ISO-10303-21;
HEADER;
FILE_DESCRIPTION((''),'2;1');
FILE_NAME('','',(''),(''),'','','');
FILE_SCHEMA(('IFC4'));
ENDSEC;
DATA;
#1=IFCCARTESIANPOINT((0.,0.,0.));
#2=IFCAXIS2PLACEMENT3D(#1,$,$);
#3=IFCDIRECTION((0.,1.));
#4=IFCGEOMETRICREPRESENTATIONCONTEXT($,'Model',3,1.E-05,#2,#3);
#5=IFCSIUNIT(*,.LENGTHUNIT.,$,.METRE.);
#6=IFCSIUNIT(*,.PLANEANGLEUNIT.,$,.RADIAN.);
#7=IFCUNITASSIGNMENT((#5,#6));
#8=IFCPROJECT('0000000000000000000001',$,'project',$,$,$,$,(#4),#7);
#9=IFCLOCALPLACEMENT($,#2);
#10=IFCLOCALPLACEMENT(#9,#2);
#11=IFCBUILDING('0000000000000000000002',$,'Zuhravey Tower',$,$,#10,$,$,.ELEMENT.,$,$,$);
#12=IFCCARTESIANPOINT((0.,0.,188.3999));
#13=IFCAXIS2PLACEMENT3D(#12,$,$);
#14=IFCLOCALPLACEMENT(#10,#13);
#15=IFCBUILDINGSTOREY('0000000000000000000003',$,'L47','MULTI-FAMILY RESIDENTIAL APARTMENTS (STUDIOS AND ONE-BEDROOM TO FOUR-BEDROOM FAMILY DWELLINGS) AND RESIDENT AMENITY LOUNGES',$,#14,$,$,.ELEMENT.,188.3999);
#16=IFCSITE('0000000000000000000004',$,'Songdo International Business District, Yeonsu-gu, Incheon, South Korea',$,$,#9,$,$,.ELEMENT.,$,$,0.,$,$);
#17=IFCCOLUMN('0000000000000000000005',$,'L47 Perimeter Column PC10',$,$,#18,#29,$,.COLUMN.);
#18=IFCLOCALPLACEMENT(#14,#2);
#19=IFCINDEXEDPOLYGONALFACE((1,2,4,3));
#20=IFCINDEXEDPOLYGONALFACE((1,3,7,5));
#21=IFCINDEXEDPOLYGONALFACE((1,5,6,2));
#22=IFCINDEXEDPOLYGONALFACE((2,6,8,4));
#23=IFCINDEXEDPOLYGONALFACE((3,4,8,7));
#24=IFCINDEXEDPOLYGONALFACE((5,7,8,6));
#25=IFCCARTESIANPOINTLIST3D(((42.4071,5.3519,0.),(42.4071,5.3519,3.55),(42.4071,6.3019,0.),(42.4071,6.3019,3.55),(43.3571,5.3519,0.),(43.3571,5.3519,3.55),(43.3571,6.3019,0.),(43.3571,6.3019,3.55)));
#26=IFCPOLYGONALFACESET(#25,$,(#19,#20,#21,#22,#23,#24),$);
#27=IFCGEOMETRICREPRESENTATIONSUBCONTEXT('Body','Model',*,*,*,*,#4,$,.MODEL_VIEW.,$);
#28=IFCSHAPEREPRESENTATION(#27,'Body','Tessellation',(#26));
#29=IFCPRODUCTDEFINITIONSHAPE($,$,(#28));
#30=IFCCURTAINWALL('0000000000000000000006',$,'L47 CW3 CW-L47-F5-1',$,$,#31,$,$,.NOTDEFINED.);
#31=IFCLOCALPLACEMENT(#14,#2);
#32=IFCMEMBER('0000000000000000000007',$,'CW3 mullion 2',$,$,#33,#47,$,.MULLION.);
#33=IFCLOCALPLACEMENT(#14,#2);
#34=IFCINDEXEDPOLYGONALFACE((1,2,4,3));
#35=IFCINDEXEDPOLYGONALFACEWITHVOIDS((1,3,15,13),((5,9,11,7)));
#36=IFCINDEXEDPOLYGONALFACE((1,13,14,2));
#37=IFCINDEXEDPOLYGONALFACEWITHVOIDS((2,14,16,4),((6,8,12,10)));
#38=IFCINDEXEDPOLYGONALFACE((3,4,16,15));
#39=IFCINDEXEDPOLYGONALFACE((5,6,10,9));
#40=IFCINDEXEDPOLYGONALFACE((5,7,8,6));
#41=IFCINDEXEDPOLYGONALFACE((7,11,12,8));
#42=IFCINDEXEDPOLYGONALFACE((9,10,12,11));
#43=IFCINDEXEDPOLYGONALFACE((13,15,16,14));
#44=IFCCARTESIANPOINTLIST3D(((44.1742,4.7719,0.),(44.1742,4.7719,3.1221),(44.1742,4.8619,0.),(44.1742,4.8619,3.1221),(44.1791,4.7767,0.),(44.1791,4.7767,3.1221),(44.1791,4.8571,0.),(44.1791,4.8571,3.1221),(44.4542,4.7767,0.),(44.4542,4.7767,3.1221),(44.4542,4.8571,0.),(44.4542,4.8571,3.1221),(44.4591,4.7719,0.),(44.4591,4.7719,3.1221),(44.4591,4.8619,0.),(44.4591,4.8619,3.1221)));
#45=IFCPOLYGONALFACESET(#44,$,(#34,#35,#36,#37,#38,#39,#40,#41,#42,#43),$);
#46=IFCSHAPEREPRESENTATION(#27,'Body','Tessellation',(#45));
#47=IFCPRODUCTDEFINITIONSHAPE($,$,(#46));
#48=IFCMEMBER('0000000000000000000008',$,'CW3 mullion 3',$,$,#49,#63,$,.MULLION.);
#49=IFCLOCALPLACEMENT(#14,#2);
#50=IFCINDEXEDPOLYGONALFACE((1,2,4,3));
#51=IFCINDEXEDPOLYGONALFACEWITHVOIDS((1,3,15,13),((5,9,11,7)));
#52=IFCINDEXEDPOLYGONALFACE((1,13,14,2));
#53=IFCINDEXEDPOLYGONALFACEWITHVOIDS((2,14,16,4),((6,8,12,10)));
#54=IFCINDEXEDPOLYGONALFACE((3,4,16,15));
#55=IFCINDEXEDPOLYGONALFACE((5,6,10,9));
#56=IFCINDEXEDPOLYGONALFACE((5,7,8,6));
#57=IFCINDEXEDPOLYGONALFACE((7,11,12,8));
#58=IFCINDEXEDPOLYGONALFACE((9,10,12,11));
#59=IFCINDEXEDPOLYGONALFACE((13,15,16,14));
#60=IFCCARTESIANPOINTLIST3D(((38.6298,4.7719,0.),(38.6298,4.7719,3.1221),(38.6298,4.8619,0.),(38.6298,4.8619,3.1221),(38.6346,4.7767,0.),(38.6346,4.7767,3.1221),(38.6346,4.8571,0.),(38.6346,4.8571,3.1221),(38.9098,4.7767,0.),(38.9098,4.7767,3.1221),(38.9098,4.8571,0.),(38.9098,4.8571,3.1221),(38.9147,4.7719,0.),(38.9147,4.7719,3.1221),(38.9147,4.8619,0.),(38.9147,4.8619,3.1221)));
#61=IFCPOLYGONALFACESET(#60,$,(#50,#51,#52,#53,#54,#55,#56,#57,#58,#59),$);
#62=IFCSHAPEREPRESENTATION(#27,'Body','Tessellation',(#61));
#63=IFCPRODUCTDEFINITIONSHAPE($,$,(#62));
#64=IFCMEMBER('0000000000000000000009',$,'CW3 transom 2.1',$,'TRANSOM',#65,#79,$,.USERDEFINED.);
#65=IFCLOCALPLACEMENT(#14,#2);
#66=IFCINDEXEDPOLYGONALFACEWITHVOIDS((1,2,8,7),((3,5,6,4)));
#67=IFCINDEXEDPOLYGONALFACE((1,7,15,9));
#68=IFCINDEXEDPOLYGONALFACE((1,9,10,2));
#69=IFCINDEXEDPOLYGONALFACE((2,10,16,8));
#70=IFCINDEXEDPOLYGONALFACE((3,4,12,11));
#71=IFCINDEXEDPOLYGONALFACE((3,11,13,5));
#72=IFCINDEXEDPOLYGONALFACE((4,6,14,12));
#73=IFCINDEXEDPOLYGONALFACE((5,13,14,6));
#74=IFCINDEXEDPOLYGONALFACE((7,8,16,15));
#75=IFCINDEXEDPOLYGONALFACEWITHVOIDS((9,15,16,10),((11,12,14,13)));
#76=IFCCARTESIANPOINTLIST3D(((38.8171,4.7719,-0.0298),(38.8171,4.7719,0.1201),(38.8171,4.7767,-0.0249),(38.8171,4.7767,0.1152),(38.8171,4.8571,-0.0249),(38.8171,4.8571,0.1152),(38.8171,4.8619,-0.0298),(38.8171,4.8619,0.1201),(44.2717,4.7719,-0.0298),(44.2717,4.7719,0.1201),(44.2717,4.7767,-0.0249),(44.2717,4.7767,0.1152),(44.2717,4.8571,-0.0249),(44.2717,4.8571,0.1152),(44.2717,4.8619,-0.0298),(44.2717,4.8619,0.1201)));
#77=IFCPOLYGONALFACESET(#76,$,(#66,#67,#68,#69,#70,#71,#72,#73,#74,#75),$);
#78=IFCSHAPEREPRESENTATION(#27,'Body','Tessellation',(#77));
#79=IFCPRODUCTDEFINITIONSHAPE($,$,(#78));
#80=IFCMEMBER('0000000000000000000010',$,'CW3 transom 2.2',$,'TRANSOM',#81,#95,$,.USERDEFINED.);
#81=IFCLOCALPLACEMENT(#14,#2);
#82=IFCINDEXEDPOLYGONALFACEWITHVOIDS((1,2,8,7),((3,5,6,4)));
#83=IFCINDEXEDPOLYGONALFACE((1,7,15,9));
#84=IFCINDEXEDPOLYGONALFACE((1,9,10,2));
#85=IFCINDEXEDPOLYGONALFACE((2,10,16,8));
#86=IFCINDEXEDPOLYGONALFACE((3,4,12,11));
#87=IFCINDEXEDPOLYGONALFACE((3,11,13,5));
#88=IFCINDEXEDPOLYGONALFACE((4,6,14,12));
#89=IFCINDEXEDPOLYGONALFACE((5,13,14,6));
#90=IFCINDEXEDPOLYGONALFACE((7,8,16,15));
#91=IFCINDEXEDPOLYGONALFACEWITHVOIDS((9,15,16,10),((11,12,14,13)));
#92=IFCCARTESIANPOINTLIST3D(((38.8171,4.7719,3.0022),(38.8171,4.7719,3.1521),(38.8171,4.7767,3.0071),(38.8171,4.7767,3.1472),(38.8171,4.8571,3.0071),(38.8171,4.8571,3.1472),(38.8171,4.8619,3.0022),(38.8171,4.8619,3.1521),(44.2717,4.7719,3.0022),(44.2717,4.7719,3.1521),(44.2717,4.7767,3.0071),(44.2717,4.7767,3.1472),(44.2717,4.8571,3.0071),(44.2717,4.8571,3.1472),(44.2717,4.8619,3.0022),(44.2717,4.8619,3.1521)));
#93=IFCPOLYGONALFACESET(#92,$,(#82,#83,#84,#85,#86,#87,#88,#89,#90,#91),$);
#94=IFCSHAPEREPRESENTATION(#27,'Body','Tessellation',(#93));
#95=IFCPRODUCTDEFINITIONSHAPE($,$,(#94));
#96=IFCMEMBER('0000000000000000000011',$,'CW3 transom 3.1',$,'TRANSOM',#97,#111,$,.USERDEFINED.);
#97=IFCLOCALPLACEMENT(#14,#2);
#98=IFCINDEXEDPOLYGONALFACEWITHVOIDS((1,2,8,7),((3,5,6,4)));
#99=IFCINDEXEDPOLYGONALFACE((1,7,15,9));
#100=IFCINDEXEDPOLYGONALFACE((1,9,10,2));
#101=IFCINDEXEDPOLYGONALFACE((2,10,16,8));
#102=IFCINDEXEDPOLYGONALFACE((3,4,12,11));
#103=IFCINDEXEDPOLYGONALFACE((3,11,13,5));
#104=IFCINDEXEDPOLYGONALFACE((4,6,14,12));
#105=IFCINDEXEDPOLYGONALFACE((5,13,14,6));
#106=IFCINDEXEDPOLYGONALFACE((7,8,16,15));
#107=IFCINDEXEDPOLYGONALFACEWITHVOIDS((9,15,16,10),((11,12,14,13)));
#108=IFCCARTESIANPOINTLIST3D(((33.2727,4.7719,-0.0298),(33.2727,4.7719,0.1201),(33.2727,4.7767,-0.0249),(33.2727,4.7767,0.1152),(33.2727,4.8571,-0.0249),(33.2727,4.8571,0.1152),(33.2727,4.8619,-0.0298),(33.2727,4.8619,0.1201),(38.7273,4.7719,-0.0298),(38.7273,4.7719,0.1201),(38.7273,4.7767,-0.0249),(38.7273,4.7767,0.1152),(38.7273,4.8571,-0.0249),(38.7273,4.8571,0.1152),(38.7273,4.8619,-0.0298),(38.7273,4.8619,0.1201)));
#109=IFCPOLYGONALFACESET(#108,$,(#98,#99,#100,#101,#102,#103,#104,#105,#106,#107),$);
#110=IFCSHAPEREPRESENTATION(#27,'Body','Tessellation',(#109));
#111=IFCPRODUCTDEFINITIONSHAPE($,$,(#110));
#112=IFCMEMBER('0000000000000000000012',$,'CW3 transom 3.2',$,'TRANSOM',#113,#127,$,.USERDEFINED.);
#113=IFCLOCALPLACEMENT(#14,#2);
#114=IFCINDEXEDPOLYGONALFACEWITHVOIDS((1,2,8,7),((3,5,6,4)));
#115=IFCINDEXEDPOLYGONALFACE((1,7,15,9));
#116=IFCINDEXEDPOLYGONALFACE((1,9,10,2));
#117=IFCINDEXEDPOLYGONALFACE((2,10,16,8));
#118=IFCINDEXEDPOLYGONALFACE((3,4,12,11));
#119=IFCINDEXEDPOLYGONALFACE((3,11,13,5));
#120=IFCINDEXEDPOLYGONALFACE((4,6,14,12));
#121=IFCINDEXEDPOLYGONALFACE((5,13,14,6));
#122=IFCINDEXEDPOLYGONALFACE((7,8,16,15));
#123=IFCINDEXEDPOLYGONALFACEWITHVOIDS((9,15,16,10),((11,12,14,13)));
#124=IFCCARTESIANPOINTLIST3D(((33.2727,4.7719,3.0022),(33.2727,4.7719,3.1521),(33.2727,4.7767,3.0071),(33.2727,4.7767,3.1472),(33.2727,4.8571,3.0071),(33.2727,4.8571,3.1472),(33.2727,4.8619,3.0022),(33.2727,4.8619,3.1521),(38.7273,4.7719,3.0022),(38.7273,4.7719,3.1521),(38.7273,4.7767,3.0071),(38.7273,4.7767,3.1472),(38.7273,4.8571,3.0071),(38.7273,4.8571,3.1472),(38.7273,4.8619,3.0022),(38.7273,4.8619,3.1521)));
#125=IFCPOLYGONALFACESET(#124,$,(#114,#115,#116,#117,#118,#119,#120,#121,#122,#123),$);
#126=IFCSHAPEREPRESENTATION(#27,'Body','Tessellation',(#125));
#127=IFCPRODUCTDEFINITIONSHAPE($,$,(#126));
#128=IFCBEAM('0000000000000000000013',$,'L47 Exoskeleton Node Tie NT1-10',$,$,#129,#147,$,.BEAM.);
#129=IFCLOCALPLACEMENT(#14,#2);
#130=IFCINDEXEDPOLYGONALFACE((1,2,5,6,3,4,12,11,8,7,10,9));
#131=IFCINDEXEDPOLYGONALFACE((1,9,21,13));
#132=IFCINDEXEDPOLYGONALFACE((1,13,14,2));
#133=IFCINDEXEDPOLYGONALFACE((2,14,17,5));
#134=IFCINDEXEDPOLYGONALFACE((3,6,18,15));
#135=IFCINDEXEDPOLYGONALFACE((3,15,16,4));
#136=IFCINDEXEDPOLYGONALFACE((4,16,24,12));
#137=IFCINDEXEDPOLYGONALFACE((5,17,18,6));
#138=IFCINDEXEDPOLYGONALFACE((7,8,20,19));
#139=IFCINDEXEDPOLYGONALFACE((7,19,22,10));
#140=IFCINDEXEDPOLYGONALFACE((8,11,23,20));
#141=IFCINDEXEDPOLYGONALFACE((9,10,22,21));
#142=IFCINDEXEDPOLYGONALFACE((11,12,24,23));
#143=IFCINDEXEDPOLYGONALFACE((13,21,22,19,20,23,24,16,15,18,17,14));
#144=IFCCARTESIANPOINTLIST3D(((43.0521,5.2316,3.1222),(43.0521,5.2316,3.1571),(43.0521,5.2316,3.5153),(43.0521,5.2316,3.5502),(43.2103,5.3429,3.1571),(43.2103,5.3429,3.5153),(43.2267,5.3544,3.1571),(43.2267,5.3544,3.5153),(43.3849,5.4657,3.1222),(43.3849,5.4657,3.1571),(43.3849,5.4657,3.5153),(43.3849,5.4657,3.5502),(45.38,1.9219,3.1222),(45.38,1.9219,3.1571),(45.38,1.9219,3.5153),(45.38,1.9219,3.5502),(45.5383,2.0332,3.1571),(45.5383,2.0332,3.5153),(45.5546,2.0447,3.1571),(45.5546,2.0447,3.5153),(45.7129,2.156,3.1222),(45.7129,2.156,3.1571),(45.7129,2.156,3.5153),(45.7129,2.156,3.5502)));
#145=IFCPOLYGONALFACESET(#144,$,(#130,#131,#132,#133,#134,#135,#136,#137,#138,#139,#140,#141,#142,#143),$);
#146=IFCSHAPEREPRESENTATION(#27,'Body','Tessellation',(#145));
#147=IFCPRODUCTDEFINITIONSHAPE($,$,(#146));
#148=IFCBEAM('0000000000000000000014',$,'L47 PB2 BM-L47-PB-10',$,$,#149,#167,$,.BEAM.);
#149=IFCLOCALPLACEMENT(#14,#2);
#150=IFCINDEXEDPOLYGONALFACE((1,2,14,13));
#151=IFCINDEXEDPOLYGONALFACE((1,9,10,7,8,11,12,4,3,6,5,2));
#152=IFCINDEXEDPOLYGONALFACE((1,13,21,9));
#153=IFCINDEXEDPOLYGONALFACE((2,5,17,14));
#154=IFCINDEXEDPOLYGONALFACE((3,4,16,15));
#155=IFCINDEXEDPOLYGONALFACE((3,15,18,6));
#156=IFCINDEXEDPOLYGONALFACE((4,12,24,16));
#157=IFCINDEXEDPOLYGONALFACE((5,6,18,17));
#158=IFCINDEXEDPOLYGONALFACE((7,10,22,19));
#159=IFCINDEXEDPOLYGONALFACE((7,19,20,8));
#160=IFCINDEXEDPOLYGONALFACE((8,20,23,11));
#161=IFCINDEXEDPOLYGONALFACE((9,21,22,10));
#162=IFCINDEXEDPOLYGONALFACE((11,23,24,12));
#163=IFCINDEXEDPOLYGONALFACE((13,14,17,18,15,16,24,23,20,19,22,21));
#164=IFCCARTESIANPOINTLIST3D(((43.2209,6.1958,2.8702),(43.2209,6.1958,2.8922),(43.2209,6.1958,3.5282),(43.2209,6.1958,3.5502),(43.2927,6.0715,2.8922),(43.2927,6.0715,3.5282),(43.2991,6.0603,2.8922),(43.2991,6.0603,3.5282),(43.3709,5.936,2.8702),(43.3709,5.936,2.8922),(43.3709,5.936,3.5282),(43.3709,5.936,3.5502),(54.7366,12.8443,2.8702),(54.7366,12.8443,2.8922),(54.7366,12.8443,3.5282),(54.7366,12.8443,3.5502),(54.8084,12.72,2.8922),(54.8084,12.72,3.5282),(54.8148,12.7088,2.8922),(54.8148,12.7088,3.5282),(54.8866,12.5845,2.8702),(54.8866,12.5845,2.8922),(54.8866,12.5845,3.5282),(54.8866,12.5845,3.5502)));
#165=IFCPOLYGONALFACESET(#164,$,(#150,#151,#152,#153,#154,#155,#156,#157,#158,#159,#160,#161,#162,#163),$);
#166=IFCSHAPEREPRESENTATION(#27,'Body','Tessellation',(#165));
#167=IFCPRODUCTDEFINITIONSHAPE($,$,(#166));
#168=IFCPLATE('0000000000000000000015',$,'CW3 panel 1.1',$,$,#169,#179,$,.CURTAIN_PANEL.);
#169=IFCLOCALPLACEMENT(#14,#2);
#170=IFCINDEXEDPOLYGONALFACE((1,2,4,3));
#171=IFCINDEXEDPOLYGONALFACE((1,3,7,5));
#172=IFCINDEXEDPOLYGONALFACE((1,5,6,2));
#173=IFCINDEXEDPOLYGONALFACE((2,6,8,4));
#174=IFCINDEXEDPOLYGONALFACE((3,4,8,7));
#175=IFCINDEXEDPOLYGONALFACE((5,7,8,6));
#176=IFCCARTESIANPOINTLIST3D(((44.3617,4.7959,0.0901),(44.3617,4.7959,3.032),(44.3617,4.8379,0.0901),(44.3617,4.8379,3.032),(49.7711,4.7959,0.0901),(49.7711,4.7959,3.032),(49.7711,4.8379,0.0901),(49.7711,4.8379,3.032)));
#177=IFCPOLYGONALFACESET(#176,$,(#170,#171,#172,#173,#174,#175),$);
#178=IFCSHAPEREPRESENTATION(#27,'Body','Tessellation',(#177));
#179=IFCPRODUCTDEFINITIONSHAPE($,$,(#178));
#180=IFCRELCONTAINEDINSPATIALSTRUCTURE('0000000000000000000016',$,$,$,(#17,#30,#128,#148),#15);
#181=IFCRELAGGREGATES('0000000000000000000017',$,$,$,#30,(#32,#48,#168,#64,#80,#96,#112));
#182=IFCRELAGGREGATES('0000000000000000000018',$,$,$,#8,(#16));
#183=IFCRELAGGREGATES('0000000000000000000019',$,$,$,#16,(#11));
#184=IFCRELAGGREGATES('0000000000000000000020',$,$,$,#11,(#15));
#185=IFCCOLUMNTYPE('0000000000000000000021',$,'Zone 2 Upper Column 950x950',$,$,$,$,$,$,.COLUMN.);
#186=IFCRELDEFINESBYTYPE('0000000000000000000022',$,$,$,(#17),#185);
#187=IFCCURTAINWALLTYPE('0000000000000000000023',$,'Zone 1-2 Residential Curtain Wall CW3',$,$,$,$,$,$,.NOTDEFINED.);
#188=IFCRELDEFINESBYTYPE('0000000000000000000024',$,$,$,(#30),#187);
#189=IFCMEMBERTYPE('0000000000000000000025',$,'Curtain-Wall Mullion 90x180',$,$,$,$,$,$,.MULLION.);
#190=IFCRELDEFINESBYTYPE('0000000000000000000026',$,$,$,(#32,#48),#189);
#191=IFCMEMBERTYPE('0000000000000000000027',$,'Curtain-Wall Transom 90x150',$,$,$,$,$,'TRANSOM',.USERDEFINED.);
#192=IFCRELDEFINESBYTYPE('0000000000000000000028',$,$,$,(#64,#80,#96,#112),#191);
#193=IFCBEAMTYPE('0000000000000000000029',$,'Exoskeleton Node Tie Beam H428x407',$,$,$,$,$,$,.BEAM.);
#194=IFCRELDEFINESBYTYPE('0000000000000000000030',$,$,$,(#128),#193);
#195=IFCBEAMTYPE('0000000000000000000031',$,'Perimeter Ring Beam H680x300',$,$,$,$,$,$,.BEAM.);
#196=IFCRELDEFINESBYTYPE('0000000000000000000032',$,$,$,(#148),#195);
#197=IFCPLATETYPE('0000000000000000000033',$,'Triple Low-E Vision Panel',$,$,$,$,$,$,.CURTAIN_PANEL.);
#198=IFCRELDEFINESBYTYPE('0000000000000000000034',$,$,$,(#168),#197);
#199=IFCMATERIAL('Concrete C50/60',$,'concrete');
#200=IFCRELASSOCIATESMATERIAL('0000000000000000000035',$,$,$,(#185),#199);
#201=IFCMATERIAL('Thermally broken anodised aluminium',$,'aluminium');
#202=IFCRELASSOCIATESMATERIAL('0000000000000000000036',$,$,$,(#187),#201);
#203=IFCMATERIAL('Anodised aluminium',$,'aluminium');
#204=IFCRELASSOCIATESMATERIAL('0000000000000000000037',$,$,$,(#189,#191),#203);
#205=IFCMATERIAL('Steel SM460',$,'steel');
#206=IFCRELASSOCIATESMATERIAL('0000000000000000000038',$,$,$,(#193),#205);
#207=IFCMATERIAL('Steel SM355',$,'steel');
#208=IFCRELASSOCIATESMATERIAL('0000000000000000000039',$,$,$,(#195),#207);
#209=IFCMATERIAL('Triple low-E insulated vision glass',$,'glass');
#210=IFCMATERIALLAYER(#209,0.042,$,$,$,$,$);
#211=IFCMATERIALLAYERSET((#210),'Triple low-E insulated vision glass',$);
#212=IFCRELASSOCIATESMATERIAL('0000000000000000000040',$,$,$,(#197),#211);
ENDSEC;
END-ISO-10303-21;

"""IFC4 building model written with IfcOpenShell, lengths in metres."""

from ifc_helpers import new_model, si_unit, direction, frame, origin, origin_2d, place, context, subcontext, project, spatial, rectangle, hollow_rectangle, i_section, extrude, material, layer, layer_set, material_profile, profile_set, type_object, element, aggregate, save


model = new_model("IFC4")

# Units and contexts
model_context = context("Model", 3, precision=1e-05, world=origin(), true_north=direction((0.0, 1.0)))
body_context = subcontext(model_context, "Body", "Model", "MODEL_VIEW")
ifc_project = project(units=[si_unit("LENGTHUNIT", "METRE"), si_unit("PLANEANGLEUNIT", "RADIAN")], contexts=[model_context])

# Site, building, storey
site_placement = place(None, origin())
site = spatial("IfcSite", under=ifc_project, at=site_placement, Name="Songdo International Business District, Yeonsu-gu, Incheon, South Korea", CompositionType="ELEMENT", RefElevation=0.0)
building_placement = place(site_placement, origin())
building = spatial("IfcBuilding", under=site, at=building_placement, Name="Zuhravey Tower", CompositionType="ELEMENT")
storey_placement = place(building_placement, frame((0.0, 0.0, 188.3999)))
storey = spatial("IfcBuildingStorey", under=building, at=storey_placement, Name="L47", Description="MULTI-FAMILY RESIDENTIAL APARTMENTS (STUDIOS AND ONE-BEDROOM TO FOUR-BEDROOM FAMILY DWELLINGS) AND RESIDENT AMENITY LOUNGES", CompositionType="ELEMENT", Elevation=188.3999)

# Column
ifc_material_1 = material(Name="Concrete C50/60", Category="concrete")
ifc_material_profile_1 = material_profile(ifc_material_1, rectangle(XDim=0.95, YDim=0.95, at=origin_2d()), Name="RC-950x950")
ifc_profile_set_1 = profile_set([ifc_material_profile_1], Name="Concrete C50/60")
column_type = type_object("IfcColumnType", Name="Zone 2 Upper Column 950x950", PredefinedType="COLUMN", material=ifc_profile_set_1)
column_placement = place(storey_placement, frame((42.8821, 5.8269, 0.0), z_axis=(0.0, 0.0, 1.0), x_axis=(1.0, 0.0, 0.0)))
element("IfcColumn", 1, at=column_placement, inside=storey, type_object=column_type, Name="L47 Perimeter Column PC10", PredefinedType="COLUMN", context=body_context, shape_type="SweptSolid", body=[
    extrude(rectangle(XDim=0.95, YDim=0.95, at=origin_2d()), origin(), (0.0, 0.0, 1.0), 3.55),
])

# Curtain wall, members
ifc_material_2 = material(Name="Thermally broken anodised aluminium", Category="aluminium")
curtain_wall_type = type_object("IfcCurtainWallType", Name="Zone 1-2 Residential Curtain Wall CW3", PredefinedType="NOTDEFINED", material=ifc_material_2)
curtain_wall_placement = place(storey_placement, origin())
curtain_wall = element("IfcCurtainWall", 2, at=curtain_wall_placement, inside=storey, type_object=curtain_wall_type, Name="L47 CW3 CW-L47-F5-1", PredefinedType="NOTDEFINED")
ifc_material_3 = material(Name="Anodised aluminium", Category="aluminium")
ifc_material_profile_2 = material_profile(ifc_material_3, hollow_rectangle(XDim=0.0901, YDim=0.2849, WallThickness=0.0049, at=origin_2d()), Name="ALU-RHS-90x285x5")
ifc_profile_set_2 = profile_set([ifc_material_profile_2], Name="Anodised aluminium")
member_type_1 = type_object("IfcMemberType", Name="Curtain-Wall Mullion 90x180", PredefinedType="MULLION", material=ifc_profile_set_2)
member_1_placement = place(storey_placement, frame((44.3167, 4.8169, 0.0), z_axis=(0.0, 0.0, 1.0), x_axis=(0.0, -1.0, 0.0)))
member_1 = element("IfcMember", 3, at=member_1_placement, type_object=member_type_1, Name="CW3 mullion 2", PredefinedType="MULLION", context=body_context, shape_type="SweptSolid", body=[
    extrude(hollow_rectangle(XDim=0.0901, YDim=0.2849, WallThickness=0.0049, at=origin_2d()), origin(), (0.0, 0.0, 1.0), 3.1221),
])
member_2_placement = place(storey_placement, frame((38.7722, 4.8169, 0.0), z_axis=(0.0, 0.0, 1.0), x_axis=(0.0, -1.0, 0.0)))
member_2 = element("IfcMember", 4, at=member_2_placement, type_object=member_type_1, Name="CW3 mullion 3", PredefinedType="MULLION", context=body_context, shape_type="SweptSolid", body=[
    extrude(hollow_rectangle(XDim=0.0901, YDim=0.2849, WallThickness=0.0049, at=origin_2d()), origin(), (0.0, 0.0, 1.0), 3.1221),
])
ifc_material_profile_3 = material_profile(ifc_material_3, hollow_rectangle(XDim=0.0901, YDim=0.1499, WallThickness=0.0049, at=origin_2d()), Name="ALU-RHS-90x150x5")
ifc_profile_set_3 = profile_set([ifc_material_profile_3], Name="Anodised aluminium")
member_type_2 = type_object("IfcMemberType", Name="Curtain-Wall Transom 90x150", ElementType="TRANSOM", PredefinedType="USERDEFINED", material=ifc_profile_set_3)
member_3_placement = place(storey_placement, frame((44.2717, 4.8169, 0.0452), z_axis=(-1.0, 0.0, 0.0), x_axis=(0.0, -1.0, 0.0)))
member_3 = element("IfcMember", 5, at=member_3_placement, type_object=member_type_2, Name="CW3 transom 2.1", ObjectType="TRANSOM", PredefinedType="USERDEFINED", context=body_context, shape_type="SweptSolid", body=[
    extrude(hollow_rectangle(XDim=0.0901, YDim=0.1499, WallThickness=0.0049, at=origin_2d()), origin(), (0.0, 0.0, 1.0), 5.4546),
])
member_4_placement = place(storey_placement, frame((44.2717, 4.8169, 3.0771), z_axis=(-1.0, 0.0, 0.0), x_axis=(0.0, -1.0, 0.0)))
member_4 = element("IfcMember", 6, at=member_4_placement, type_object=member_type_2, Name="CW3 transom 2.2", ObjectType="TRANSOM", PredefinedType="USERDEFINED", context=body_context, shape_type="SweptSolid", body=[
    extrude(hollow_rectangle(XDim=0.0901, YDim=0.1499, WallThickness=0.0049, at=origin_2d()), origin(), (0.0, 0.0, 1.0), 5.4546),
])
member_5_placement = place(storey_placement, frame((38.7273, 4.8169, 0.0452), z_axis=(-1.0, 0.0, 0.0), x_axis=(0.0, -1.0, 0.0)))
member_5 = element("IfcMember", 7, at=member_5_placement, type_object=member_type_2, Name="CW3 transom 3.1", ObjectType="TRANSOM", PredefinedType="USERDEFINED", context=body_context, shape_type="SweptSolid", body=[
    extrude(hollow_rectangle(XDim=0.0901, YDim=0.1499, WallThickness=0.0049, at=origin_2d()), origin(), (0.0, 0.0, 1.0), 5.4546),
])
member_6_placement = place(storey_placement, frame((38.7273, 4.8169, 3.0771), z_axis=(-1.0, 0.0, 0.0), x_axis=(0.0, -1.0, 0.0)))
member_6 = element("IfcMember", 8, at=member_6_placement, type_object=member_type_2, Name="CW3 transom 3.2", ObjectType="TRANSOM", PredefinedType="USERDEFINED", context=body_context, shape_type="SweptSolid", body=[
    extrude(hollow_rectangle(XDim=0.0901, YDim=0.1499, WallThickness=0.0049, at=origin_2d()), origin(), (0.0, 0.0, 1.0), 5.4546),
])

# Beams
ifc_material_4 = material(Name="Steel SM460", Category="steel")
ifc_material_profile_4 = material_profile(ifc_material_4, i_section(OverallWidth=0.407, OverallDepth=0.428, WebThickness=0.02, FlangeThickness=0.0349, at=origin_2d()), Name="H-428x407x20x35")
ifc_profile_set_4 = profile_set([ifc_material_profile_4], Name="Steel SM460")
beam_type_1 = type_object("IfcBeamType", Name="Exoskeleton Node Tie Beam H428x407", PredefinedType="BEAM", material=ifc_profile_set_4)
beam_1_placement = place(storey_placement, frame((43.2185, 5.3486, 3.3362), z_axis=(0.575316, -0.817932, 0.0), x_axis=(0.817932, 0.575316, 0.0)))
element("IfcBeam", 9, at=beam_1_placement, inside=storey, type_object=beam_type_1, Name="L47 Exoskeleton Node Tie NT1-10", PredefinedType="BEAM", context=body_context, shape_type="SweptSolid", body=[
    extrude(i_section(OverallWidth=0.407, OverallDepth=0.428, WebThickness=0.02, FlangeThickness=0.0349, at=origin_2d()), origin(), (0.0, 0.0, 1.0), 4.0464),
])
ifc_material_5 = material(Name="Steel SM355", Category="steel")
ifc_material_profile_5 = material_profile(ifc_material_5, i_section(OverallWidth=0.3, OverallDepth=0.6799, WebThickness=0.0129, FlangeThickness=0.022, at=origin_2d()), Name="H-680x300x13x22")
ifc_profile_set_5 = profile_set([ifc_material_profile_5], Name="Steel SM355")
beam_type_2 = type_object("IfcBeamType", Name="Perimeter Ring Beam H680x300", PredefinedType="BEAM", material=ifc_profile_set_5)
beam_2_placement = place(storey_placement, frame((43.2959, 6.0659, 3.2102), z_axis=(0.866029, 0.499994, 0.0), x_axis=(-0.499994, 0.866029, 0.0)))
element("IfcBeam", 10, at=beam_2_placement, inside=storey, type_object=beam_type_2, Name="L47 PB2 BM-L47-PB-10", PredefinedType="BEAM", context=body_context, shape_type="SweptSolid", body=[
    extrude(i_section(OverallWidth=0.3, OverallDepth=0.6799, WebThickness=0.0129, FlangeThickness=0.022, at=origin_2d()), origin(), (0.0, 0.0, 1.0), 13.2971),
])

# Plate
ifc_material_6 = material(Name="Triple low-E insulated vision glass", Category="glass")
ifc_layer_1 = layer(ifc_material_6, 0.042)
ifc_layer_set_1 = layer_set([ifc_layer_1], Name="Triple low-E insulated vision glass")
plate_type = type_object("IfcPlateType", Name="Triple Low-E Vision Panel", PredefinedType="CURTAIN_PANEL", material=ifc_layer_set_1)
plate_1_placement = place(storey_placement, frame((47.0664, 4.8169, 0.0901), z_axis=(0.0, 0.0, 1.0), x_axis=(-1.0, 0.0, 0.0)))
plate_1 = element("IfcPlate", 11, at=plate_1_placement, type_object=plate_type, Name="CW3 panel 1.1", PredefinedType="CURTAIN_PANEL", context=body_context, shape_type="SweptSolid", body=[
    extrude(rectangle(XDim=5.4094, YDim=0.042, at=origin_2d()), origin(), (0.0, 0.0, 1.0), 2.9419),
])
aggregate(curtain_wall, [member_1, member_2, plate_1, member_3, member_4, member_5, member_6])

save(model, "model.ifc")
